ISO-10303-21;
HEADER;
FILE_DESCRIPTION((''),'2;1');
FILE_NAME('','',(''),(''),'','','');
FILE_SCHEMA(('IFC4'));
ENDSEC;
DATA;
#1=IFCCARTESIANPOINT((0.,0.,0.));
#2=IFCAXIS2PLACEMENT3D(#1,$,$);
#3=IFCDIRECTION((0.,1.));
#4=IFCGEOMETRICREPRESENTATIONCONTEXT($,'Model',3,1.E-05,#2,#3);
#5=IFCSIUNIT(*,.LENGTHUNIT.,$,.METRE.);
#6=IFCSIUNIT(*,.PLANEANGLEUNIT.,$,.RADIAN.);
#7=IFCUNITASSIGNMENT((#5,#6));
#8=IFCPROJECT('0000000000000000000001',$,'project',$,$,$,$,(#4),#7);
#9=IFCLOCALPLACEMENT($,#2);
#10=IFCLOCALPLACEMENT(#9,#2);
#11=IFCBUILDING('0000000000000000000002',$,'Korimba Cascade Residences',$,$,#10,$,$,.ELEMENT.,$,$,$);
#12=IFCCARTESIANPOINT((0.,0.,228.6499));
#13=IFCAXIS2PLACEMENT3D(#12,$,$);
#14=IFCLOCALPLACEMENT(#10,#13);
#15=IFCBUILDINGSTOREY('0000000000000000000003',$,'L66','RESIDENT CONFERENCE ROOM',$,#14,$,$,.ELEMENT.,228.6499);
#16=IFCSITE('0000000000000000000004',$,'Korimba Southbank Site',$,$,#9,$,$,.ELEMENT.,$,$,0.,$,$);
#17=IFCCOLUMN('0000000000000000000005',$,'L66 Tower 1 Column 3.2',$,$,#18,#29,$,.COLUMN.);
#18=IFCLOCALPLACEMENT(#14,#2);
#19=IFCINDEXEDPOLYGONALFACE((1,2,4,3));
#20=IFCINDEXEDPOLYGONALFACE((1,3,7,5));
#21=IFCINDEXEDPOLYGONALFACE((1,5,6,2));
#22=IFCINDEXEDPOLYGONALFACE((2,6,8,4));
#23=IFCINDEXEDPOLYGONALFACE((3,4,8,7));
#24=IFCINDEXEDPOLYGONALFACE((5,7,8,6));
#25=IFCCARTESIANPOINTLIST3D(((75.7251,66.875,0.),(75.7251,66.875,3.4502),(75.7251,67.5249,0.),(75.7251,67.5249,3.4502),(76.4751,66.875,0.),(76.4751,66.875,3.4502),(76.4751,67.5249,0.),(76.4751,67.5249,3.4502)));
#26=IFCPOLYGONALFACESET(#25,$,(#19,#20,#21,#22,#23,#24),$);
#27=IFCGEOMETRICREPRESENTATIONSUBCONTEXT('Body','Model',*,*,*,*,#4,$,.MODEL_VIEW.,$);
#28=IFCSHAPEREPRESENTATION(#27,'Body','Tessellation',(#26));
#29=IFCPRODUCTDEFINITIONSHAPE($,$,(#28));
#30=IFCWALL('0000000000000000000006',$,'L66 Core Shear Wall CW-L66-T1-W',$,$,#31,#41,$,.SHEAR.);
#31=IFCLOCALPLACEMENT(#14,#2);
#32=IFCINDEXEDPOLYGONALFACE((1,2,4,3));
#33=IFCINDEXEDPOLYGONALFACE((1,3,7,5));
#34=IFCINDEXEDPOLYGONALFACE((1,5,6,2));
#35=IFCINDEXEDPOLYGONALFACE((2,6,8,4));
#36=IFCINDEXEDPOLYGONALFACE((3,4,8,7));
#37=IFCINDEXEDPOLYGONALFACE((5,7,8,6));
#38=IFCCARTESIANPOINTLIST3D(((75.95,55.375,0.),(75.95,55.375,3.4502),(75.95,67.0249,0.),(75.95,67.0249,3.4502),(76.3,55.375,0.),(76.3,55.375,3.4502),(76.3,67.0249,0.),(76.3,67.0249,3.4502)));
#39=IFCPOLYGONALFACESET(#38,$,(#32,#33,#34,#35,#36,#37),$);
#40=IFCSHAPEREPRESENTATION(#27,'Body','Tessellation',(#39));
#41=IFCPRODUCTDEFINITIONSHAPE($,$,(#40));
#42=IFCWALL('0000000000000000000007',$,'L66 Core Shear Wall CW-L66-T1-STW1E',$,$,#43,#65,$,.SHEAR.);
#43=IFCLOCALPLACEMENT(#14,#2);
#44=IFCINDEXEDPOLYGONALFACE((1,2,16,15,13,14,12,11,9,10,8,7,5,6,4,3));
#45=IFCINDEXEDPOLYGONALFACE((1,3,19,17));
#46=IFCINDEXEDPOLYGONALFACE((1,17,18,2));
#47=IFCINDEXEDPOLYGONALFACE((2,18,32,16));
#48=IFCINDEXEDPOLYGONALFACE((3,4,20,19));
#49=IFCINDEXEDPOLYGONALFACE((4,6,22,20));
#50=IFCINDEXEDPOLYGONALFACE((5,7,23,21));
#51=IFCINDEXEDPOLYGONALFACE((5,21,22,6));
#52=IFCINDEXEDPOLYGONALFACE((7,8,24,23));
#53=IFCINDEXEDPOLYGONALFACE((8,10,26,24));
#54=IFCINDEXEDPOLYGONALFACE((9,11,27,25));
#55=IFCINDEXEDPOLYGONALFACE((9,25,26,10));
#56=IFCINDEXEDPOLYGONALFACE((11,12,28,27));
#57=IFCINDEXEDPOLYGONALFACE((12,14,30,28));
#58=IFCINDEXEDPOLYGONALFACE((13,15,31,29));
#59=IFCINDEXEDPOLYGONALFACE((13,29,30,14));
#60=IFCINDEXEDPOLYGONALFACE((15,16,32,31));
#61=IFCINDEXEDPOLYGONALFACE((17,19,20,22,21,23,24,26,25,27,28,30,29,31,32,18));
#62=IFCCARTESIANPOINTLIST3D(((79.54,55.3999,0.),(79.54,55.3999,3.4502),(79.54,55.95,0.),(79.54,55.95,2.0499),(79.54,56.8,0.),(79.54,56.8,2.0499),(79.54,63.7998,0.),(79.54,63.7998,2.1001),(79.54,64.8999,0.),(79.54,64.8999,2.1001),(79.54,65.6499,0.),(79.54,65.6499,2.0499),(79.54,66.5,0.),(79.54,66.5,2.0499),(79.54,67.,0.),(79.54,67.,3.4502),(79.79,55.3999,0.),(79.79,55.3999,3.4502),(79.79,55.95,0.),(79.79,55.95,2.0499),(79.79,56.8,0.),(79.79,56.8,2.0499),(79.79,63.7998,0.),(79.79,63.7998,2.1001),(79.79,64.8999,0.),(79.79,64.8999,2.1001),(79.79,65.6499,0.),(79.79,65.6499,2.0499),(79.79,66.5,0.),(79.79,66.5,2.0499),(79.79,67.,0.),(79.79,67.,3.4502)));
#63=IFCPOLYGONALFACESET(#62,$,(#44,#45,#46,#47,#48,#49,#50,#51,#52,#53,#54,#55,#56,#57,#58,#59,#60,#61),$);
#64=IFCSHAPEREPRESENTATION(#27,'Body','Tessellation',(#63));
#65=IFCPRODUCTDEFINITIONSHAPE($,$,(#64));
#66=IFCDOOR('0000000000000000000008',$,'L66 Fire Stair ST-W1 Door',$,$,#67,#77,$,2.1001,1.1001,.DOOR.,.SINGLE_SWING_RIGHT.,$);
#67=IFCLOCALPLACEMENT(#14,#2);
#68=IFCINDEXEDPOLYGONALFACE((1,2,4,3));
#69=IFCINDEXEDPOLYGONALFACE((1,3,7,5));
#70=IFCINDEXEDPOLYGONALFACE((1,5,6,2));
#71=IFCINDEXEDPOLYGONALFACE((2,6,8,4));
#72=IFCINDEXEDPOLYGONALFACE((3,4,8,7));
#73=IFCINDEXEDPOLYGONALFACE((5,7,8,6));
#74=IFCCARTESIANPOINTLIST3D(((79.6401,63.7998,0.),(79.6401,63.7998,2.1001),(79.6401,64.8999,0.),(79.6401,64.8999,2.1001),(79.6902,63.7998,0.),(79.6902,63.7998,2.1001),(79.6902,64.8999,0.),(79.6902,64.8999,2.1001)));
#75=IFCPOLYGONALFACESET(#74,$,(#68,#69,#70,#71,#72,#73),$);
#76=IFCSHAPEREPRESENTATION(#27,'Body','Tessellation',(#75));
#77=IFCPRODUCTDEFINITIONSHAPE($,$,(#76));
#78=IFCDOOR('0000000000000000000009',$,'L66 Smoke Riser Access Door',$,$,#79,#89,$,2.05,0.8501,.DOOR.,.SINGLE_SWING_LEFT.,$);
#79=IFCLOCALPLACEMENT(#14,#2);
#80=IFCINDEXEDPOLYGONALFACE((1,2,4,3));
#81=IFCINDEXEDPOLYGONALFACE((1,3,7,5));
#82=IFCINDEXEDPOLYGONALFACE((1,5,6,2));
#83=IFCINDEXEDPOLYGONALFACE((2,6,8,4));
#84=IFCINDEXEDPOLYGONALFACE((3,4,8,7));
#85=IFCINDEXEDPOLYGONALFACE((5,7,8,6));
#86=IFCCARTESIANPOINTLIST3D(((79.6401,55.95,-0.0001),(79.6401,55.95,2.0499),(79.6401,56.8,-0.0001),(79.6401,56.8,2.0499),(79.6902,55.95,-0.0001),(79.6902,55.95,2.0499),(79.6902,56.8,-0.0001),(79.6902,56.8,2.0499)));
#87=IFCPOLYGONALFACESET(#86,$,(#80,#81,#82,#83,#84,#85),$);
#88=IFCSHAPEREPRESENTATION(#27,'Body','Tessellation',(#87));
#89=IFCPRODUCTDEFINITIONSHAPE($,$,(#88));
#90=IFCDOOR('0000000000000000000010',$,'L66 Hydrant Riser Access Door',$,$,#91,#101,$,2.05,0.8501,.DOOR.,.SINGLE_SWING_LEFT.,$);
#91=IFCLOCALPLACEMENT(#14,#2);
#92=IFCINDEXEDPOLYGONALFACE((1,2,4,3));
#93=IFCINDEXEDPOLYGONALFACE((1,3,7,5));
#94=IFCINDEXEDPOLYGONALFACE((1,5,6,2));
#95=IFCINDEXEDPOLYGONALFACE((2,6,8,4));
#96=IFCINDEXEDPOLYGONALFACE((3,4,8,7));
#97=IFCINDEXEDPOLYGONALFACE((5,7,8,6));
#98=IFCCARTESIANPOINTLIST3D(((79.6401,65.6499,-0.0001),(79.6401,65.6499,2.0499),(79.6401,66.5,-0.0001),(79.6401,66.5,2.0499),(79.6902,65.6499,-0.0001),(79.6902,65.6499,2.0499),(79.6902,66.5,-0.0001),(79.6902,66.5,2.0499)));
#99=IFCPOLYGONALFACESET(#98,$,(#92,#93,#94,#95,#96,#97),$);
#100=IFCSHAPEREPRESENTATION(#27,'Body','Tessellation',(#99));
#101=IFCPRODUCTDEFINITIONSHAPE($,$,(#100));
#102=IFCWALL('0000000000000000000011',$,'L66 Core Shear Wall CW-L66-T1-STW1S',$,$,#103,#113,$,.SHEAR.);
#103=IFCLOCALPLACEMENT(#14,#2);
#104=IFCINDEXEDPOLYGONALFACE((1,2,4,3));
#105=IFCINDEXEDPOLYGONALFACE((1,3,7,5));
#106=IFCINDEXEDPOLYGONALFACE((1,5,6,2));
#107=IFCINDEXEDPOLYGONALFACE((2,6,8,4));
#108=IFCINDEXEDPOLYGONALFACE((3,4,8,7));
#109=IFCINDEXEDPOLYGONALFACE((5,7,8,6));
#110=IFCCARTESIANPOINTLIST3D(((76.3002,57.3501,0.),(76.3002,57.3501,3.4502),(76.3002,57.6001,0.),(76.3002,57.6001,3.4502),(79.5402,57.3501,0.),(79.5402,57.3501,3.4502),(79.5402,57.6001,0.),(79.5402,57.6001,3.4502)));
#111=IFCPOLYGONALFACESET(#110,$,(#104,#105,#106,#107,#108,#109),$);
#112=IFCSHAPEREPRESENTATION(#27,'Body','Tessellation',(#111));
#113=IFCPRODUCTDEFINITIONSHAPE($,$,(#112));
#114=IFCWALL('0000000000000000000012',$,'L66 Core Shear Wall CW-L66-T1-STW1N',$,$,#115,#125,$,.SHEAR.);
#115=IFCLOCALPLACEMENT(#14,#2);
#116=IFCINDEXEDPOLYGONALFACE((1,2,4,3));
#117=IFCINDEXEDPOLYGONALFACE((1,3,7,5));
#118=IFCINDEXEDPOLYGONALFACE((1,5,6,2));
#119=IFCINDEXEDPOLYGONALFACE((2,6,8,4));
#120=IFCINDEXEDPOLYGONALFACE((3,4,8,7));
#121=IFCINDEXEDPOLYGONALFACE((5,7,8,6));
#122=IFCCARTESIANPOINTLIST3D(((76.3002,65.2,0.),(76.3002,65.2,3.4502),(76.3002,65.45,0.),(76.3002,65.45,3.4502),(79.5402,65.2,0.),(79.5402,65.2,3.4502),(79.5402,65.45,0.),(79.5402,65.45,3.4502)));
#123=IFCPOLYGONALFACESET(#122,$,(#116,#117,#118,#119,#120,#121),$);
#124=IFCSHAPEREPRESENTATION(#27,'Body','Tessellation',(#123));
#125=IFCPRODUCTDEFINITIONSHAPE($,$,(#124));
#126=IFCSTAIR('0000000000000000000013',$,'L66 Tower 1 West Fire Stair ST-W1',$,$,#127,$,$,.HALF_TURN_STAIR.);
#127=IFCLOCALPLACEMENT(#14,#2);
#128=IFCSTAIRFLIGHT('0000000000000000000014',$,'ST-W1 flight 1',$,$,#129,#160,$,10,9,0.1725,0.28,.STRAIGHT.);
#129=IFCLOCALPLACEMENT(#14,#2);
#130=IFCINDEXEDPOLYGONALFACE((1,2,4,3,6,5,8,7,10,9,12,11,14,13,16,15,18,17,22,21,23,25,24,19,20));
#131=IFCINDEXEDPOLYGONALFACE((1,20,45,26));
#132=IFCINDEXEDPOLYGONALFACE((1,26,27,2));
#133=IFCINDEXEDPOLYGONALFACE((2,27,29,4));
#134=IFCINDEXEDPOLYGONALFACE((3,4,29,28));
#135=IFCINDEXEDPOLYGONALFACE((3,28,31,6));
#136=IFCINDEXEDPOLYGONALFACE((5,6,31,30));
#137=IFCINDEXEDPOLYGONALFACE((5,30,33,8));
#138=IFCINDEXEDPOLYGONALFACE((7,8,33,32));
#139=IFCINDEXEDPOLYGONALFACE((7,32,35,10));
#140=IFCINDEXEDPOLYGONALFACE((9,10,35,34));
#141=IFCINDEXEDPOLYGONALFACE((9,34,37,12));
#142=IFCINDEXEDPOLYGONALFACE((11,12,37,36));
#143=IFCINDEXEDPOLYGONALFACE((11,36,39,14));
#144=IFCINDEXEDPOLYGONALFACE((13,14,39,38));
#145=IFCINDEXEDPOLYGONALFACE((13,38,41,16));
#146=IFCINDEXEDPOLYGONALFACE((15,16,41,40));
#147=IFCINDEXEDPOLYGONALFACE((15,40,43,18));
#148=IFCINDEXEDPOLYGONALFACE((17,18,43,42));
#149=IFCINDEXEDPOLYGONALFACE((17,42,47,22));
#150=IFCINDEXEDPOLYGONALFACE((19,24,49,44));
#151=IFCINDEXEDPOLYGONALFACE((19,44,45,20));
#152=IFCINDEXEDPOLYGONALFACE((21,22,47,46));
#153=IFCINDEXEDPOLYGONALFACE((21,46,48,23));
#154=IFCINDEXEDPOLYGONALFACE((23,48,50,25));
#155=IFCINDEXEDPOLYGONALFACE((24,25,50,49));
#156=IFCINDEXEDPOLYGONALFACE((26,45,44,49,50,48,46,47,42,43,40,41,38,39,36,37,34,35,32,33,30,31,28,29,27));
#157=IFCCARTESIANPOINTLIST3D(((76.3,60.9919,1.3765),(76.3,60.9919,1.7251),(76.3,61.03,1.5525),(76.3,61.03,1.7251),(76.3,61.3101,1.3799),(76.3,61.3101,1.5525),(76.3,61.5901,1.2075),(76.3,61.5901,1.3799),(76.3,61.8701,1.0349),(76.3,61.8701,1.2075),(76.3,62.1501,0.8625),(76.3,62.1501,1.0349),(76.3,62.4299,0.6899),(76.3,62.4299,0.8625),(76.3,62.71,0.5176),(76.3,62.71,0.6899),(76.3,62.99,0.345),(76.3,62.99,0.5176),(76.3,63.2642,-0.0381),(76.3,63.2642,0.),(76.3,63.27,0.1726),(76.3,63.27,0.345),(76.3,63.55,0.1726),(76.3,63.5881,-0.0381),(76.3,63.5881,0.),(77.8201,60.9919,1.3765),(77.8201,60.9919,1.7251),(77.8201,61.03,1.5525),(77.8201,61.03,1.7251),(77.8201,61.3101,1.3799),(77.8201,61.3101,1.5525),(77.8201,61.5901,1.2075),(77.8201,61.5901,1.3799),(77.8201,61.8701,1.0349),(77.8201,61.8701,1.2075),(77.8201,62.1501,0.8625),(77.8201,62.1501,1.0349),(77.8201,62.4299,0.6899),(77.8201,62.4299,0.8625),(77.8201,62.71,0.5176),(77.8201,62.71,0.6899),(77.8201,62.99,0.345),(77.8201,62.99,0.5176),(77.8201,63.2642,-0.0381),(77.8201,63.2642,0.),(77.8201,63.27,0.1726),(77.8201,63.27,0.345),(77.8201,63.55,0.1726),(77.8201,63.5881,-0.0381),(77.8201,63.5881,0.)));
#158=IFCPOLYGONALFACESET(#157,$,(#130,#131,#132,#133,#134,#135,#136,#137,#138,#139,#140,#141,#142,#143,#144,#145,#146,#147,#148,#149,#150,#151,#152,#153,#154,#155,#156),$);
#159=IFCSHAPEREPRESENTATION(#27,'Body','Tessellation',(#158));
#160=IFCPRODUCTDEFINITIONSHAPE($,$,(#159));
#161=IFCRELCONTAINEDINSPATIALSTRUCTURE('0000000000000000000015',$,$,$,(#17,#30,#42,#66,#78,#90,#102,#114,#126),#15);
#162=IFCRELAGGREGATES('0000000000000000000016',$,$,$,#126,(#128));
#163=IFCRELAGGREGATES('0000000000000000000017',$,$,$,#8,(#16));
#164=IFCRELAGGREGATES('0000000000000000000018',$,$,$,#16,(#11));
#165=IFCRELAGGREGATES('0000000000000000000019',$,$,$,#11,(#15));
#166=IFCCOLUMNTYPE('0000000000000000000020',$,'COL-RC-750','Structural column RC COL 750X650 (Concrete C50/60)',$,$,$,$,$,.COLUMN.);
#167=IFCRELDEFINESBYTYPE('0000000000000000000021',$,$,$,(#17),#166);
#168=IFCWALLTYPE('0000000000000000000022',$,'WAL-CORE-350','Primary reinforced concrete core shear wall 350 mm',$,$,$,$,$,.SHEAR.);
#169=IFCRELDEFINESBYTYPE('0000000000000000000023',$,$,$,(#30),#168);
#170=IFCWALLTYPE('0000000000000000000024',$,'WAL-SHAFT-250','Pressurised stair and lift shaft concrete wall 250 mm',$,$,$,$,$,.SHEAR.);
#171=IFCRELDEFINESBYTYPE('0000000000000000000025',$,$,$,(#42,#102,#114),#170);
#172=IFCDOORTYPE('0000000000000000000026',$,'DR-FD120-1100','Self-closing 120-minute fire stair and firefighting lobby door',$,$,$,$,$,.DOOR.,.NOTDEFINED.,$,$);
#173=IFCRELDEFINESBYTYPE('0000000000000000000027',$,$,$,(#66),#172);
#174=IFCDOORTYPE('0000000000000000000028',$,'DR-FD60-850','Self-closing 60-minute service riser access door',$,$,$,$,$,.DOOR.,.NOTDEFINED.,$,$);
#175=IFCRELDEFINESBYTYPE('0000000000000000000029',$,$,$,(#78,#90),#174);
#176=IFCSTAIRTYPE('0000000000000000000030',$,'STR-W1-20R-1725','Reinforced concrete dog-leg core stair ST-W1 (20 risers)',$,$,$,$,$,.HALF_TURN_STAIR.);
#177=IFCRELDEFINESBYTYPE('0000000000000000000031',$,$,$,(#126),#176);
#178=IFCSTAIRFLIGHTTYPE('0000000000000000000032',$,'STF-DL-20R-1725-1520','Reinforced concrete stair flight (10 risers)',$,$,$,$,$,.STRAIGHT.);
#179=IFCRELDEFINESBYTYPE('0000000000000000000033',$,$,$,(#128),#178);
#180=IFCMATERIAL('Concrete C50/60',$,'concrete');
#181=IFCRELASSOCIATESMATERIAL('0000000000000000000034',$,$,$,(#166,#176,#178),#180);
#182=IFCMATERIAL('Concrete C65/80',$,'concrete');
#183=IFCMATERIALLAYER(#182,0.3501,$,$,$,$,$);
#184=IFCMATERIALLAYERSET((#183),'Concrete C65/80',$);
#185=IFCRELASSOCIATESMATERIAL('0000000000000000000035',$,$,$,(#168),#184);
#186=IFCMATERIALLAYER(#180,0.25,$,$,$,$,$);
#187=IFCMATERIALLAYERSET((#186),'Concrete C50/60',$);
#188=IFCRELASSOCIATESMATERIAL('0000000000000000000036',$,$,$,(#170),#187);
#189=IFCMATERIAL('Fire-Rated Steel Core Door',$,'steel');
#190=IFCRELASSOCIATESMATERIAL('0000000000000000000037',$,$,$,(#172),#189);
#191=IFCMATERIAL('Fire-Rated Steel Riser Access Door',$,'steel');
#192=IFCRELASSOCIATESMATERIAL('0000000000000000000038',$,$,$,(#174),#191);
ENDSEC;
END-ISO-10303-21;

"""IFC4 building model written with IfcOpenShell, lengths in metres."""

from ifc_helpers import new_model, si_unit, direction, frame, frame_2d, origin, origin_2d, place, context, subcontext, project, spatial, polyline, rectangle, outline, extrude, material, layer, layer_set, material_profile, profile_set, type_object, element, fill, aggregate, save


model = new_model("IFC4")

# Units and contexts
model_context = context("Model", 3, precision=1e-05, world=origin(), true_north=direction((0.0, 1.0)))
body_context = subcontext(model_context, "Body", "Model", "MODEL_VIEW")
ifc_project = project(units=[si_unit("LENGTHUNIT", "METRE"), si_unit("PLANEANGLEUNIT", "RADIAN")], contexts=[model_context])

# Site, building, storey
site_placement = place(None, origin())
site = spatial("IfcSite", under=ifc_project, at=site_placement, Name="Korimba Southbank Site", CompositionType="ELEMENT", RefElevation=0.0)
building_placement = place(site_placement, origin())
building = spatial("IfcBuilding", under=site, at=building_placement, Name="Korimba Cascade Residences", CompositionType="ELEMENT")
storey_placement = place(building_placement, frame((0.0, 0.0, 228.6499)))
storey = spatial("IfcBuildingStorey", under=building, at=storey_placement, Name="L66", Description="RESIDENT CONFERENCE ROOM", CompositionType="ELEMENT", Elevation=228.6499)

# Column
ifc_material_1 = material(Name="Concrete C50/60", Category="concrete")
ifc_material_profile = material_profile(ifc_material_1, rectangle(XDim=0.75, YDim=0.6499, at=origin_2d()), Name="Concrete C50/60")
ifc_profile_set = profile_set([ifc_material_profile], Name="Concrete C50/60")
column_type = type_object("IfcColumnType", Name="COL-RC-750", Description="Structural column RC COL 750X650 (Concrete C50/60)", PredefinedType="COLUMN", material=ifc_profile_set)
column_placement = place(storey_placement, frame((76.1001, 67.2, 0.0), z_axis=(0.0, 0.0, 1.0), x_axis=(1.0, 0.0, 0.0)))
element("IfcColumn", 1, at=column_placement, inside=storey, type_object=column_type, Name="L66 Tower 1 Column 3.2", PredefinedType="COLUMN", context=body_context, shape_type="SweptSolid", body=[
    extrude(rectangle(XDim=0.75, YDim=0.6499, at=origin_2d()), origin(), (0.0, 0.0, 1.0), 3.4502),
])

# Wall
ifc_material_2 = material(Name="Concrete C65/80", Category="concrete")
ifc_layer_1 = layer(ifc_material_2, 0.3501)
ifc_layer_set_1 = layer_set([ifc_layer_1], Name="Concrete C65/80")
wall_type_1 = type_object("IfcWallType", Name="WAL-CORE-350", Description="Primary reinforced concrete core shear wall 350 mm", PredefinedType="SHEAR", material=ifc_layer_set_1)
wall_1_placement = place(storey_placement, frame((76.125, 55.375, 0.0), z_axis=(0.0, 0.0, 1.0), x_axis=(0.0, 1.0, 0.0)))
element("IfcWall", 2, at=wall_1_placement, inside=storey, type_object=wall_type_1, Name="L66 Core Shear Wall CW-L66-T1-W", PredefinedType="SHEAR", context=body_context, shape_type="SweptSolid", body=[
    extrude(rectangle(XDim=11.6499, YDim=0.3501, at=frame_2d((5.825, 0.0))), origin(), (0.0, 0.0, 1.0), 3.4502),
])

# Wall, openings, doors
ifc_layer_2 = layer(ifc_material_1, 0.25)
ifc_layer_set_2 = layer_set([ifc_layer_2], Name="Concrete C50/60")
wall_type_2 = type_object("IfcWallType", Name="WAL-SHAFT-250", Description="Pressurised stair and lift shaft concrete wall 250 mm", PredefinedType="SHEAR", material=ifc_layer_set_2)
wall_2_placement = place(storey_placement, frame((79.665, 55.3999, 0.0), z_axis=(0.0, 0.0, 1.0), x_axis=(0.0, 1.0, 0.0)))
wall_2 = element("IfcWall", 3, at=wall_2_placement, inside=storey, type_object=wall_type_2, Name="L66 Core Shear Wall CW-L66-T1-STW1E", PredefinedType="SHEAR", context=body_context, shape_type="SweptSolid", body=[
    extrude(rectangle(XDim=11.6001, YDim=0.25, at=frame_2d((5.8, 0.0))), origin(), (0.0, 0.0, 1.0), 3.4502),
])
opening_1_placement = place(wall_2_placement, frame((0.55, 0.0, 0.0)))
opening_1 = element("IfcOpeningElement", 4, at=opening_1_placement, cuts=wall_2, PredefinedType="OPENING", context=body_context, shape_type="SweptSolid", body=[
    extrude(rectangle(XDim=0.8501, YDim=2.05, at=frame_2d((0.425, 1.0249))), frame((0.0, 0.135, 0.0), z_axis=(0.0, -1.0, 0.0), x_axis=(1.0, 0.0, 0.0)), (0.0, 0.0, 1.0), 0.27),
])
opening_2_placement = place(wall_2_placement, frame((8.3999, 0.0, 0.0)))
opening_2 = element("IfcOpeningElement", 5, at=opening_2_placement, cuts=wall_2, PredefinedType="OPENING", context=body_context, shape_type="SweptSolid", body=[
    extrude(rectangle(XDim=1.1001, YDim=2.1001, at=frame_2d((0.55, 1.05))), frame((0.0, 0.135, 0.0), z_axis=(0.0, -1.0, 0.0), x_axis=(1.0, 0.0, 0.0)), (0.0, 0.0, 1.0), 0.27),
])
opening_3_placement = place(wall_2_placement, frame((10.25, 0.0, 0.0)))
opening_3 = element("IfcOpeningElement", 6, at=opening_3_placement, cuts=wall_2, PredefinedType="OPENING", context=body_context, shape_type="SweptSolid", body=[
    extrude(rectangle(XDim=0.8501, YDim=2.05, at=frame_2d((0.425, 1.0249))), frame((0.0, 0.135, 0.0), z_axis=(0.0, -1.0, 0.0), x_axis=(1.0, 0.0, 0.0)), (0.0, 0.0, 1.0), 0.27),
])
ifc_material_3 = material(Name="Fire-Rated Steel Core Door", Category="steel")
door_type_1 = type_object("IfcDoorType", Name="DR-FD120-1100", Description="Self-closing 120-minute fire stair and firefighting lobby door", OperationType="NOTDEFINED", PredefinedType="DOOR", material=ifc_material_3)
door_1_placement = place(opening_2_placement, origin())
door_1 = element("IfcDoor", 7, at=door_1_placement, inside=storey, type_object=door_type_1, Name="L66 Fire Stair ST-W1 Door", OperationType="SINGLE_SWING_RIGHT", OverallHeight=2.1001, OverallWidth=1.1001, PredefinedType="DOOR", context=body_context, shape_type="SweptSolid", body=[
    extrude(rectangle(XDim=1.1001, YDim=2.1001, at=frame_2d((0.55, 1.05))), frame((0.0, 0.0249, 0.0), z_axis=(0.0, -1.0, 0.0), x_axis=(1.0, 0.0, 0.0)), (0.0, 0.0, 1.0), 0.05),
])
fill(opening_2, door_1)
ifc_material_4 = material(Name="Fire-Rated Steel Riser Access Door", Category="steel")
door_type_2 = type_object("IfcDoorType", Name="DR-FD60-850", Description="Self-closing 60-minute service riser access door", OperationType="NOTDEFINED", PredefinedType="DOOR", material=ifc_material_4)
door_2_placement = place(opening_1_placement, origin())
door_2 = element("IfcDoor", 8, at=door_2_placement, inside=storey, type_object=door_type_2, Name="L66 Smoke Riser Access Door", OperationType="SINGLE_SWING_LEFT", OverallHeight=2.05, OverallWidth=0.8501, PredefinedType="DOOR", context=body_context, shape_type="SweptSolid", body=[
    extrude(rectangle(XDim=0.8501, YDim=2.05, at=frame_2d((0.425, 1.0249))), frame((0.0, 0.0249, 0.0), z_axis=(0.0, -1.0, 0.0), x_axis=(1.0, 0.0, 0.0)), (0.0, 0.0, 1.0), 0.05),
])
fill(opening_1, door_2)
door_3_placement = place(opening_3_placement, origin())
door_3 = element("IfcDoor", 9, at=door_3_placement, inside=storey, type_object=door_type_2, Name="L66 Hydrant Riser Access Door", OperationType="SINGLE_SWING_LEFT", OverallHeight=2.05, OverallWidth=0.8501, PredefinedType="DOOR", context=body_context, shape_type="SweptSolid", body=[
    extrude(rectangle(XDim=0.8501, YDim=2.05, at=frame_2d((0.425, 1.0249))), frame((0.0, 0.0249, 0.0), z_axis=(0.0, -1.0, 0.0), x_axis=(1.0, 0.0, 0.0)), (0.0, 0.0, 1.0), 0.05),
])
fill(opening_3, door_3)

# Walls
for number, where, z_axis, x_axis, name in (
    (10, (76.3, 57.4751, 0.0), (0.0, 0.0, 1.0), (1.0, 0.0, 0.0), "L66 Core Shear Wall CW-L66-T1-STW1S"),
    (11, (76.3, 65.325, 0.0), (0.0, 0.0, 1.0), (1.0, 0.0, 0.0), "L66 Core Shear Wall CW-L66-T1-STW1N"),
):
    element("IfcWall", number, at=place(storey_placement, frame(where, z_axis=z_axis, x_axis=x_axis)), inside=storey, type_object=wall_type_2, Name=name, PredefinedType="SHEAR", context=body_context, shape_type="SweptSolid", body=[
        extrude(rectangle(XDim=3.24, YDim=0.25, at=frame_2d((1.6201, 0.0))), origin(), (0.0, 0.0, 1.0), 3.4502),
    ])

# Stair, stair flight
stair_type = type_object("IfcStairType", Name="STR-W1-20R-1725", Description="Reinforced concrete dog-leg core stair ST-W1 (20 risers)", PredefinedType="HALF_TURN_STAIR", material=ifc_material_1)
stair_placement = place(storey_placement, origin())
stair = element("IfcStair", 12, at=stair_placement, inside=storey, type_object=stair_type, Name="L66 Tower 1 West Fire Stair ST-W1", PredefinedType="HALF_TURN_STAIR")
stair_flight_type = type_object("IfcStairFlightType", Name="STF-DL-20R-1725-1520", Description="Reinforced concrete stair flight (10 risers)", PredefinedType="STRAIGHT", material=ifc_material_1)
stair_flight_1_placement = place(storey_placement, frame((77.0601, 63.55, 0.0), z_axis=(0.0, 0.0, 1.0), x_axis=(0.0, -1.0, 0.0)))
stair_flight_1 = element("IfcStairFlight", 13, at=stair_flight_1_placement, type_object=stair_flight_type, Name="ST-W1 flight 1", NumberOfRisers=10, NumberOfTreads=9, PredefinedType="STRAIGHT", RiserHeight=0.1725, TreadLength=0.28, context=body_context, shape_type="SweptSolid", body=[
    extrude(outline(polyline([(-0.0381, 0.0), (0.0, 0.1726), (0.28, 0.1726), (0.28, 0.345), (0.5601, 0.345), (0.5601, 0.5176), (0.8401, 0.5176), (0.8401, 0.6899), (1.1201, 0.6899), (1.1201, 0.8625), (1.3999, 0.8625), (1.3999, 1.0349), (1.6799, 1.0349), (1.6799, 1.2075), (1.96, 1.2075), (1.96, 1.3799), (2.24, 1.3799), (2.24, 1.5525), (2.52, 1.5525), (2.52, 1.7251), (2.5581, 1.7251), (2.5581, 1.3765), (0.2859, 0.0), (0.2859, -0.0381), (-0.0381, -0.0381), (-0.0381, 0.0)])), frame((0.0, 0.76, 0.0), z_axis=(0.0, -1.0, 0.0), x_axis=(1.0, 0.0, 0.0)), (0.0, 0.0, 1.0), 1.52),
])
aggregate(stair, [stair_flight_1])

save(model, "model.ifc")
